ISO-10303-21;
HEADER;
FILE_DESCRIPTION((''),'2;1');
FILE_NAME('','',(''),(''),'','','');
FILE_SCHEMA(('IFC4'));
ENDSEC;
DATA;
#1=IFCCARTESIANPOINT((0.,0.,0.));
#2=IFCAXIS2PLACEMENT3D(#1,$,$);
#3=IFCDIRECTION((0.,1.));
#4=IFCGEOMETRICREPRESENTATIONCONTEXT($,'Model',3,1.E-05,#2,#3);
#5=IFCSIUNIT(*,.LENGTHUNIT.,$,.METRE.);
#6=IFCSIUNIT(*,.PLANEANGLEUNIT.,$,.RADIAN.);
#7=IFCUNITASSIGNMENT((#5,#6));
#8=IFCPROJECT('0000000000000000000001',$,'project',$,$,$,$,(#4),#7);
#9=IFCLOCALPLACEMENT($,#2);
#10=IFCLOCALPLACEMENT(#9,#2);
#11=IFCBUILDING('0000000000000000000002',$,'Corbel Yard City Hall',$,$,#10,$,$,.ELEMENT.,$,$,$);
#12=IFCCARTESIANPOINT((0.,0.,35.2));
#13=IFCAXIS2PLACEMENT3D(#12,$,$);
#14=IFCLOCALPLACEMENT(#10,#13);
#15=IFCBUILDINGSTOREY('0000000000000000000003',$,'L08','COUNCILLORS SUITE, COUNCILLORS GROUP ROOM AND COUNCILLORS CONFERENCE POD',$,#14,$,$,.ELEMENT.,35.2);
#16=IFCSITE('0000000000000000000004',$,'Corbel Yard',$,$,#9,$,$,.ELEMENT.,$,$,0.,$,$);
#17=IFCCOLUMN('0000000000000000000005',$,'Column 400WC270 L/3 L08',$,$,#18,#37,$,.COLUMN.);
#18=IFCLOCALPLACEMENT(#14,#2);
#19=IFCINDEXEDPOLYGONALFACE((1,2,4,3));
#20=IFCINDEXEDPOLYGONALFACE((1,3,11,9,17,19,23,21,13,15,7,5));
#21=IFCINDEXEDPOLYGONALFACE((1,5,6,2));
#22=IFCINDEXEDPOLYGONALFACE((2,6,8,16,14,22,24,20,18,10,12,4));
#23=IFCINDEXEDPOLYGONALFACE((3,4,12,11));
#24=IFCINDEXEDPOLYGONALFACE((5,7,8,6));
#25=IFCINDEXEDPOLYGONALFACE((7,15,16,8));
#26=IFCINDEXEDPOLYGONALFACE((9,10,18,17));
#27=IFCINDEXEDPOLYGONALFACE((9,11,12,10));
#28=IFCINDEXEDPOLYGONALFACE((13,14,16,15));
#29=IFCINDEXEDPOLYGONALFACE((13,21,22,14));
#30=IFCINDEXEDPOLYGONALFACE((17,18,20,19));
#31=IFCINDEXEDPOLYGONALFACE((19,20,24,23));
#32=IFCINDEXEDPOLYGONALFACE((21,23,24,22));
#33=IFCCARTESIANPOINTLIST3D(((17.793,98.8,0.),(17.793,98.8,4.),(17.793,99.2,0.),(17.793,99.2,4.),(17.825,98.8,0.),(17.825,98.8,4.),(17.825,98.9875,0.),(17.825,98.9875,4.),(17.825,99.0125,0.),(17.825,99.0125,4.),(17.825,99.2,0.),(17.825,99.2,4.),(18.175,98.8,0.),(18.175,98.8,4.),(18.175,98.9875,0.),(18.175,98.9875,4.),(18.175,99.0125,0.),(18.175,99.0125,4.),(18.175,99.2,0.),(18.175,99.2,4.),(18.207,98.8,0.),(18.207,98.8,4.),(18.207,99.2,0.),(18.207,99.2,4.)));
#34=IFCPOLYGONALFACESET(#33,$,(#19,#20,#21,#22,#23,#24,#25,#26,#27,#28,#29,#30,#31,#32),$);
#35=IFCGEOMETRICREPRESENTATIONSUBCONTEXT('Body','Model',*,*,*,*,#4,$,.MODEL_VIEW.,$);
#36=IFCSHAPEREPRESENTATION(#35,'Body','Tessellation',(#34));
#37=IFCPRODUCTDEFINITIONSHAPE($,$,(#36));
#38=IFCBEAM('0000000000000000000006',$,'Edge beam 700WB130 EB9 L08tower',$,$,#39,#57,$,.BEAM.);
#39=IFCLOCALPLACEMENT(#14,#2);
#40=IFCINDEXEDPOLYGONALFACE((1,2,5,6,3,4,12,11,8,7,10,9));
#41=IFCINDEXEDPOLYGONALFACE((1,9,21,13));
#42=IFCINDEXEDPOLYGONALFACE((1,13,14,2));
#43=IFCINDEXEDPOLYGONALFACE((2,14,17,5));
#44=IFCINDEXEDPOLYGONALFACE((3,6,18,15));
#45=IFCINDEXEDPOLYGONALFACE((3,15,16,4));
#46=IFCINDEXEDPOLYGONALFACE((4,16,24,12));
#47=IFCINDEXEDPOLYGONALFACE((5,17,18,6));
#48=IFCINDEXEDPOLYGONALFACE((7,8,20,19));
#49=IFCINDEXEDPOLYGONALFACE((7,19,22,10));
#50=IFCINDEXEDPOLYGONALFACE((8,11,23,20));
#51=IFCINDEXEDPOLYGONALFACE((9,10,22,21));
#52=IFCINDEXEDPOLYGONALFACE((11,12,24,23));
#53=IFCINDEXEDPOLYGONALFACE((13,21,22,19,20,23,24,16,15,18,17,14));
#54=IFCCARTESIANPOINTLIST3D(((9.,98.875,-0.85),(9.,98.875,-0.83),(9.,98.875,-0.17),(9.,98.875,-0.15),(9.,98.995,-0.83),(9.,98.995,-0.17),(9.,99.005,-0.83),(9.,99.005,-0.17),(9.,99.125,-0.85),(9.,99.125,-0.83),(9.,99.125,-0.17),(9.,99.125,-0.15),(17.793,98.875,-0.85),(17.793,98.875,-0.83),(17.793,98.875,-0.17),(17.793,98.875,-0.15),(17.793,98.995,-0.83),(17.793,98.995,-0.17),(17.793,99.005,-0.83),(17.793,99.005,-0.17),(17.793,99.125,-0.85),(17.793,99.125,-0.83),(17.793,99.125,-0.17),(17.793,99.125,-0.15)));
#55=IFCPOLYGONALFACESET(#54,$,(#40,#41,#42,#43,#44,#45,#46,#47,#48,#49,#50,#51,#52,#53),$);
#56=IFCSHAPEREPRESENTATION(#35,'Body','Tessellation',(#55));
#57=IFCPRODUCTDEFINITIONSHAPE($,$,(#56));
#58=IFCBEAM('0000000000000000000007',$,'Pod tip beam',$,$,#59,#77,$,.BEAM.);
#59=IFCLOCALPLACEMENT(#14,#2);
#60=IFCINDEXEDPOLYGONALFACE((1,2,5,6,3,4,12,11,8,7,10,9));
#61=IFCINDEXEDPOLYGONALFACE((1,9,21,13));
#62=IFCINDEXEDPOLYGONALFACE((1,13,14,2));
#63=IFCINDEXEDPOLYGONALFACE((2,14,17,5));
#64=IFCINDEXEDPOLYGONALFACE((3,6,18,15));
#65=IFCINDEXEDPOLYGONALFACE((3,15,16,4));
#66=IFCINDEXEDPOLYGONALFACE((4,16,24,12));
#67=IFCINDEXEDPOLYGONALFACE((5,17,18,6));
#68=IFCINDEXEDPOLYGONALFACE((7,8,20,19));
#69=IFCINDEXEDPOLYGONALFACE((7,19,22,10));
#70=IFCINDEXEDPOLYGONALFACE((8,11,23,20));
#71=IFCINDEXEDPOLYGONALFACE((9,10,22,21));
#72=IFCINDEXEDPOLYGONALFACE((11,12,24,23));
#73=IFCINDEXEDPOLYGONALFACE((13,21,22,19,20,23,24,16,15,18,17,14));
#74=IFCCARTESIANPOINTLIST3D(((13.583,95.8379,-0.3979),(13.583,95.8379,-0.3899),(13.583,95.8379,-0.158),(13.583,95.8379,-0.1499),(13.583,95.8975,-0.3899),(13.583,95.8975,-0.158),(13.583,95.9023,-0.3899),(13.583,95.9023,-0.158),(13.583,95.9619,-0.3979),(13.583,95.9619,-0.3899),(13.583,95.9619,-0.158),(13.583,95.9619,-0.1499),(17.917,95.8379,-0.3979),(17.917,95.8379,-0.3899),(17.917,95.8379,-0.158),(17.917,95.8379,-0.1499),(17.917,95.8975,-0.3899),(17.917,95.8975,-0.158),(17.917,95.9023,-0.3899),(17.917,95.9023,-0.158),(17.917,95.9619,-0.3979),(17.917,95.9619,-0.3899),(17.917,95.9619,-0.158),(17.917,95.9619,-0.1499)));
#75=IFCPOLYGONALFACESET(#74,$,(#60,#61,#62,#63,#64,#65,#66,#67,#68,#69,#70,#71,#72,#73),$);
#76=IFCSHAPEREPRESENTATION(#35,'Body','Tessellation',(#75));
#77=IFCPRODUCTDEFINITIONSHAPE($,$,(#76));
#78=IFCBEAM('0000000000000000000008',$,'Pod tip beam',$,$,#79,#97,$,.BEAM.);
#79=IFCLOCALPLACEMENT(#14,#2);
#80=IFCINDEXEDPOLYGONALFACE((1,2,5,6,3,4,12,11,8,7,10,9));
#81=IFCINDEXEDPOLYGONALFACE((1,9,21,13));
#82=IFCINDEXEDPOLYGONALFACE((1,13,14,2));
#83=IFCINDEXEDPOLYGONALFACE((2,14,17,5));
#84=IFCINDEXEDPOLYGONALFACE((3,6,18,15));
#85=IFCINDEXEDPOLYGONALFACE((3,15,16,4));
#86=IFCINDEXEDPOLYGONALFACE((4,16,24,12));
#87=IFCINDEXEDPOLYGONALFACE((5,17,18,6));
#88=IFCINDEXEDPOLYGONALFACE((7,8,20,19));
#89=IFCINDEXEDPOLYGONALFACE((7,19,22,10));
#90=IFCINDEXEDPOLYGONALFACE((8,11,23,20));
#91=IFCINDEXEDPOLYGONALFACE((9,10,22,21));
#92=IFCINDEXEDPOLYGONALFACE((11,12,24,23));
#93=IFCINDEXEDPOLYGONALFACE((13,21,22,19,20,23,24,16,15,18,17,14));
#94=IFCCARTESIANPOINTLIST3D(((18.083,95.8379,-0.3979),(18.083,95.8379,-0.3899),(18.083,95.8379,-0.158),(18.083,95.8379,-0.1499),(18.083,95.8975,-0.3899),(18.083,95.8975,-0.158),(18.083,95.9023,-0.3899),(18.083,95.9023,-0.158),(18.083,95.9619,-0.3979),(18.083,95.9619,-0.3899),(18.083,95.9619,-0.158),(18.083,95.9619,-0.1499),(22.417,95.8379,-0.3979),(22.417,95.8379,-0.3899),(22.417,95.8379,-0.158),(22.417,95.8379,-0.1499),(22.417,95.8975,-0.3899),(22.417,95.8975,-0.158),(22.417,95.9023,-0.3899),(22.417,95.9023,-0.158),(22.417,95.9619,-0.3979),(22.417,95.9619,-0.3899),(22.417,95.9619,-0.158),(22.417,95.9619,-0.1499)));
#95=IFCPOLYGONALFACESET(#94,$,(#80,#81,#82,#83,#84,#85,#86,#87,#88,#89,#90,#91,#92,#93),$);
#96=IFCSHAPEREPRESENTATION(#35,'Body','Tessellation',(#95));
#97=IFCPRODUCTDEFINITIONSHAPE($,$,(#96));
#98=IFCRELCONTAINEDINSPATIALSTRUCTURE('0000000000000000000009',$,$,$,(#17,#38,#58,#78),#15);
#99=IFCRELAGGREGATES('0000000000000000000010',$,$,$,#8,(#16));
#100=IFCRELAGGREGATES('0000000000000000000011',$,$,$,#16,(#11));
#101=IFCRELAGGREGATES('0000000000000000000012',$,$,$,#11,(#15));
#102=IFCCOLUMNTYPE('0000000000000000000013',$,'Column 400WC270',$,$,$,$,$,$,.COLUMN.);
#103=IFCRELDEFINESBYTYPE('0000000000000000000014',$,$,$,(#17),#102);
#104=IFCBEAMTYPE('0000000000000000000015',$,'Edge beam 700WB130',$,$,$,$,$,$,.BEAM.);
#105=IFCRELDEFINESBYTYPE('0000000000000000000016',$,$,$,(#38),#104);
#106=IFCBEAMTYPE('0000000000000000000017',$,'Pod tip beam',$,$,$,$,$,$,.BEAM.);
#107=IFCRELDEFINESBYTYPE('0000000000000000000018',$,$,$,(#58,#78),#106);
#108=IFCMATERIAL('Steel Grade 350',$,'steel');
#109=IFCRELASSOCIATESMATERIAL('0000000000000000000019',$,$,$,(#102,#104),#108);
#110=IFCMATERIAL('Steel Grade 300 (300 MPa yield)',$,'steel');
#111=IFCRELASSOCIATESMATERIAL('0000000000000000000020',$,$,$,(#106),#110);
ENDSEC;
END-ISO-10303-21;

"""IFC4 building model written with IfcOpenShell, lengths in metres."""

from ifc_helpers import new_model, si_unit, direction, frame, origin, origin_2d, place, context, subcontext, project, spatial, i_section, extrude, material, material_profile, profile_set, type_object, element, save


model = new_model("IFC4")

# Units and contexts
model_context = context("Model", 3, precision=1e-05, world=origin(), true_north=direction((0.0, 1.0)))
body_context = subcontext(model_context, "Body", "Model", "MODEL_VIEW")
ifc_project = project(units=[si_unit("LENGTHUNIT", "METRE"), si_unit("PLANEANGLEUNIT", "RADIAN")], contexts=[model_context])

# Site, building, storey
site_placement = place(None, origin())
site = spatial("IfcSite", under=ifc_project, at=site_placement, Name="Corbel Yard", CompositionType="ELEMENT", RefElevation=0.0)
building_placement = place(site_placement, origin())
building = spatial("IfcBuilding", under=site, at=building_placement, Name="Corbel Yard City Hall", CompositionType="ELEMENT")
storey_placement = place(building_placement, frame((0.0, 0.0, 35.2)))
storey = spatial("IfcBuildingStorey", under=building, at=storey_placement, Name="L08", Description="COUNCILLORS SUITE, COUNCILLORS GROUP ROOM AND COUNCILLORS CONFERENCE POD", CompositionType="ELEMENT", Elevation=35.2)

# Column
ifc_material_1 = material(Name="Steel Grade 350", Category="steel")
ifc_material_profile_1 = material_profile(ifc_material_1, i_section(OverallWidth=0.3999, OverallDepth=0.4141, WebThickness=0.0249, FlangeThickness=0.032, at=origin_2d()), Name="400WC270")
ifc_profile_set_1 = profile_set([ifc_material_profile_1], Name="Steel Grade 350")
column_type = type_object("IfcColumnType", Name="Column 400WC270", PredefinedType="COLUMN", material=ifc_profile_set_1)
column_placement = place(storey_placement, frame((18.0, 99.0, 0.0), z_axis=(0.0, 0.0, 1.0), x_axis=(0.0, 1.0, 0.0)))
element("IfcColumn", 1, at=column_placement, inside=storey, type_object=column_type, Name="Column 400WC270 L/3 L08", PredefinedType="COLUMN", context=body_context, shape_type="SweptSolid", body=[
    extrude(i_section(OverallWidth=0.3999, OverallDepth=0.4141, WebThickness=0.0249, FlangeThickness=0.032, at=origin_2d()), origin(), (0.0, 0.0, 1.0), 4.0),
])

# Beams
ifc_material_profile_2 = material_profile(ifc_material_1, i_section(OverallWidth=0.25, OverallDepth=0.7, WebThickness=0.01, FlangeThickness=0.02, at=origin_2d()), Name="700WB130")
ifc_profile_set_2 = profile_set([ifc_material_profile_2], Name="Steel Grade 350")
beam_type_1 = type_object("IfcBeamType", Name="Edge beam 700WB130", PredefinedType="BEAM", material=ifc_profile_set_2)
beam_placement = place(storey_placement, frame((9.0, 99.0, -0.5), z_axis=(1.0, 0.0, 0.0), x_axis=(0.0, 1.0, 0.0)))
element("IfcBeam", 2, at=beam_placement, inside=storey, type_object=beam_type_1, Name="Edge beam 700WB130 EB9 L08tower", PredefinedType="BEAM", context=body_context, shape_type="SweptSolid", body=[
    extrude(i_section(OverallWidth=0.25, OverallDepth=0.7, WebThickness=0.01, FlangeThickness=0.02, at=origin_2d()), origin(), (0.0, 0.0, 1.0), 8.793),
])
ifc_material_2 = material(Name="Steel Grade 300 (300 MPa yield)", Category="steel")
ifc_material_profile_3 = material_profile(ifc_material_2, i_section(OverallWidth=0.124, OverallDepth=0.248, WebThickness=0.0049, FlangeThickness=0.0081, at=origin_2d()), Name="250UB25.7")
ifc_profile_set_3 = profile_set([ifc_material_profile_3], Name="Steel Grade 300 (300 MPa yield)")
beam_type_2 = type_object("IfcBeamType", Name="Pod tip beam", PredefinedType="BEAM", material=ifc_profile_set_3)
for number, where, z_axis, x_axis, name in (
    (3, (13.583, 95.8999, -0.2739), (1.0, 0.0, 0.0), (0.0, 1.0, 0.0), "Pod tip beam"),
    (4, (18.083, 95.8999, -0.2739), (1.0, 0.0, 0.0), (0.0, 1.0, 0.0), "Pod tip beam"),
):
    element("IfcBeam", number, at=place(storey_placement, frame(where, z_axis=z_axis, x_axis=x_axis)), inside=storey, type_object=beam_type_2, Name=name, PredefinedType="BEAM", context=body_context, shape_type="SweptSolid", body=[
        extrude(i_section(OverallWidth=0.124, OverallDepth=0.248, WebThickness=0.0049, FlangeThickness=0.0081, at=origin_2d()), origin(), (0.0, 0.0, 1.0), 4.334),
    ])

save(model, "model.ifc")
